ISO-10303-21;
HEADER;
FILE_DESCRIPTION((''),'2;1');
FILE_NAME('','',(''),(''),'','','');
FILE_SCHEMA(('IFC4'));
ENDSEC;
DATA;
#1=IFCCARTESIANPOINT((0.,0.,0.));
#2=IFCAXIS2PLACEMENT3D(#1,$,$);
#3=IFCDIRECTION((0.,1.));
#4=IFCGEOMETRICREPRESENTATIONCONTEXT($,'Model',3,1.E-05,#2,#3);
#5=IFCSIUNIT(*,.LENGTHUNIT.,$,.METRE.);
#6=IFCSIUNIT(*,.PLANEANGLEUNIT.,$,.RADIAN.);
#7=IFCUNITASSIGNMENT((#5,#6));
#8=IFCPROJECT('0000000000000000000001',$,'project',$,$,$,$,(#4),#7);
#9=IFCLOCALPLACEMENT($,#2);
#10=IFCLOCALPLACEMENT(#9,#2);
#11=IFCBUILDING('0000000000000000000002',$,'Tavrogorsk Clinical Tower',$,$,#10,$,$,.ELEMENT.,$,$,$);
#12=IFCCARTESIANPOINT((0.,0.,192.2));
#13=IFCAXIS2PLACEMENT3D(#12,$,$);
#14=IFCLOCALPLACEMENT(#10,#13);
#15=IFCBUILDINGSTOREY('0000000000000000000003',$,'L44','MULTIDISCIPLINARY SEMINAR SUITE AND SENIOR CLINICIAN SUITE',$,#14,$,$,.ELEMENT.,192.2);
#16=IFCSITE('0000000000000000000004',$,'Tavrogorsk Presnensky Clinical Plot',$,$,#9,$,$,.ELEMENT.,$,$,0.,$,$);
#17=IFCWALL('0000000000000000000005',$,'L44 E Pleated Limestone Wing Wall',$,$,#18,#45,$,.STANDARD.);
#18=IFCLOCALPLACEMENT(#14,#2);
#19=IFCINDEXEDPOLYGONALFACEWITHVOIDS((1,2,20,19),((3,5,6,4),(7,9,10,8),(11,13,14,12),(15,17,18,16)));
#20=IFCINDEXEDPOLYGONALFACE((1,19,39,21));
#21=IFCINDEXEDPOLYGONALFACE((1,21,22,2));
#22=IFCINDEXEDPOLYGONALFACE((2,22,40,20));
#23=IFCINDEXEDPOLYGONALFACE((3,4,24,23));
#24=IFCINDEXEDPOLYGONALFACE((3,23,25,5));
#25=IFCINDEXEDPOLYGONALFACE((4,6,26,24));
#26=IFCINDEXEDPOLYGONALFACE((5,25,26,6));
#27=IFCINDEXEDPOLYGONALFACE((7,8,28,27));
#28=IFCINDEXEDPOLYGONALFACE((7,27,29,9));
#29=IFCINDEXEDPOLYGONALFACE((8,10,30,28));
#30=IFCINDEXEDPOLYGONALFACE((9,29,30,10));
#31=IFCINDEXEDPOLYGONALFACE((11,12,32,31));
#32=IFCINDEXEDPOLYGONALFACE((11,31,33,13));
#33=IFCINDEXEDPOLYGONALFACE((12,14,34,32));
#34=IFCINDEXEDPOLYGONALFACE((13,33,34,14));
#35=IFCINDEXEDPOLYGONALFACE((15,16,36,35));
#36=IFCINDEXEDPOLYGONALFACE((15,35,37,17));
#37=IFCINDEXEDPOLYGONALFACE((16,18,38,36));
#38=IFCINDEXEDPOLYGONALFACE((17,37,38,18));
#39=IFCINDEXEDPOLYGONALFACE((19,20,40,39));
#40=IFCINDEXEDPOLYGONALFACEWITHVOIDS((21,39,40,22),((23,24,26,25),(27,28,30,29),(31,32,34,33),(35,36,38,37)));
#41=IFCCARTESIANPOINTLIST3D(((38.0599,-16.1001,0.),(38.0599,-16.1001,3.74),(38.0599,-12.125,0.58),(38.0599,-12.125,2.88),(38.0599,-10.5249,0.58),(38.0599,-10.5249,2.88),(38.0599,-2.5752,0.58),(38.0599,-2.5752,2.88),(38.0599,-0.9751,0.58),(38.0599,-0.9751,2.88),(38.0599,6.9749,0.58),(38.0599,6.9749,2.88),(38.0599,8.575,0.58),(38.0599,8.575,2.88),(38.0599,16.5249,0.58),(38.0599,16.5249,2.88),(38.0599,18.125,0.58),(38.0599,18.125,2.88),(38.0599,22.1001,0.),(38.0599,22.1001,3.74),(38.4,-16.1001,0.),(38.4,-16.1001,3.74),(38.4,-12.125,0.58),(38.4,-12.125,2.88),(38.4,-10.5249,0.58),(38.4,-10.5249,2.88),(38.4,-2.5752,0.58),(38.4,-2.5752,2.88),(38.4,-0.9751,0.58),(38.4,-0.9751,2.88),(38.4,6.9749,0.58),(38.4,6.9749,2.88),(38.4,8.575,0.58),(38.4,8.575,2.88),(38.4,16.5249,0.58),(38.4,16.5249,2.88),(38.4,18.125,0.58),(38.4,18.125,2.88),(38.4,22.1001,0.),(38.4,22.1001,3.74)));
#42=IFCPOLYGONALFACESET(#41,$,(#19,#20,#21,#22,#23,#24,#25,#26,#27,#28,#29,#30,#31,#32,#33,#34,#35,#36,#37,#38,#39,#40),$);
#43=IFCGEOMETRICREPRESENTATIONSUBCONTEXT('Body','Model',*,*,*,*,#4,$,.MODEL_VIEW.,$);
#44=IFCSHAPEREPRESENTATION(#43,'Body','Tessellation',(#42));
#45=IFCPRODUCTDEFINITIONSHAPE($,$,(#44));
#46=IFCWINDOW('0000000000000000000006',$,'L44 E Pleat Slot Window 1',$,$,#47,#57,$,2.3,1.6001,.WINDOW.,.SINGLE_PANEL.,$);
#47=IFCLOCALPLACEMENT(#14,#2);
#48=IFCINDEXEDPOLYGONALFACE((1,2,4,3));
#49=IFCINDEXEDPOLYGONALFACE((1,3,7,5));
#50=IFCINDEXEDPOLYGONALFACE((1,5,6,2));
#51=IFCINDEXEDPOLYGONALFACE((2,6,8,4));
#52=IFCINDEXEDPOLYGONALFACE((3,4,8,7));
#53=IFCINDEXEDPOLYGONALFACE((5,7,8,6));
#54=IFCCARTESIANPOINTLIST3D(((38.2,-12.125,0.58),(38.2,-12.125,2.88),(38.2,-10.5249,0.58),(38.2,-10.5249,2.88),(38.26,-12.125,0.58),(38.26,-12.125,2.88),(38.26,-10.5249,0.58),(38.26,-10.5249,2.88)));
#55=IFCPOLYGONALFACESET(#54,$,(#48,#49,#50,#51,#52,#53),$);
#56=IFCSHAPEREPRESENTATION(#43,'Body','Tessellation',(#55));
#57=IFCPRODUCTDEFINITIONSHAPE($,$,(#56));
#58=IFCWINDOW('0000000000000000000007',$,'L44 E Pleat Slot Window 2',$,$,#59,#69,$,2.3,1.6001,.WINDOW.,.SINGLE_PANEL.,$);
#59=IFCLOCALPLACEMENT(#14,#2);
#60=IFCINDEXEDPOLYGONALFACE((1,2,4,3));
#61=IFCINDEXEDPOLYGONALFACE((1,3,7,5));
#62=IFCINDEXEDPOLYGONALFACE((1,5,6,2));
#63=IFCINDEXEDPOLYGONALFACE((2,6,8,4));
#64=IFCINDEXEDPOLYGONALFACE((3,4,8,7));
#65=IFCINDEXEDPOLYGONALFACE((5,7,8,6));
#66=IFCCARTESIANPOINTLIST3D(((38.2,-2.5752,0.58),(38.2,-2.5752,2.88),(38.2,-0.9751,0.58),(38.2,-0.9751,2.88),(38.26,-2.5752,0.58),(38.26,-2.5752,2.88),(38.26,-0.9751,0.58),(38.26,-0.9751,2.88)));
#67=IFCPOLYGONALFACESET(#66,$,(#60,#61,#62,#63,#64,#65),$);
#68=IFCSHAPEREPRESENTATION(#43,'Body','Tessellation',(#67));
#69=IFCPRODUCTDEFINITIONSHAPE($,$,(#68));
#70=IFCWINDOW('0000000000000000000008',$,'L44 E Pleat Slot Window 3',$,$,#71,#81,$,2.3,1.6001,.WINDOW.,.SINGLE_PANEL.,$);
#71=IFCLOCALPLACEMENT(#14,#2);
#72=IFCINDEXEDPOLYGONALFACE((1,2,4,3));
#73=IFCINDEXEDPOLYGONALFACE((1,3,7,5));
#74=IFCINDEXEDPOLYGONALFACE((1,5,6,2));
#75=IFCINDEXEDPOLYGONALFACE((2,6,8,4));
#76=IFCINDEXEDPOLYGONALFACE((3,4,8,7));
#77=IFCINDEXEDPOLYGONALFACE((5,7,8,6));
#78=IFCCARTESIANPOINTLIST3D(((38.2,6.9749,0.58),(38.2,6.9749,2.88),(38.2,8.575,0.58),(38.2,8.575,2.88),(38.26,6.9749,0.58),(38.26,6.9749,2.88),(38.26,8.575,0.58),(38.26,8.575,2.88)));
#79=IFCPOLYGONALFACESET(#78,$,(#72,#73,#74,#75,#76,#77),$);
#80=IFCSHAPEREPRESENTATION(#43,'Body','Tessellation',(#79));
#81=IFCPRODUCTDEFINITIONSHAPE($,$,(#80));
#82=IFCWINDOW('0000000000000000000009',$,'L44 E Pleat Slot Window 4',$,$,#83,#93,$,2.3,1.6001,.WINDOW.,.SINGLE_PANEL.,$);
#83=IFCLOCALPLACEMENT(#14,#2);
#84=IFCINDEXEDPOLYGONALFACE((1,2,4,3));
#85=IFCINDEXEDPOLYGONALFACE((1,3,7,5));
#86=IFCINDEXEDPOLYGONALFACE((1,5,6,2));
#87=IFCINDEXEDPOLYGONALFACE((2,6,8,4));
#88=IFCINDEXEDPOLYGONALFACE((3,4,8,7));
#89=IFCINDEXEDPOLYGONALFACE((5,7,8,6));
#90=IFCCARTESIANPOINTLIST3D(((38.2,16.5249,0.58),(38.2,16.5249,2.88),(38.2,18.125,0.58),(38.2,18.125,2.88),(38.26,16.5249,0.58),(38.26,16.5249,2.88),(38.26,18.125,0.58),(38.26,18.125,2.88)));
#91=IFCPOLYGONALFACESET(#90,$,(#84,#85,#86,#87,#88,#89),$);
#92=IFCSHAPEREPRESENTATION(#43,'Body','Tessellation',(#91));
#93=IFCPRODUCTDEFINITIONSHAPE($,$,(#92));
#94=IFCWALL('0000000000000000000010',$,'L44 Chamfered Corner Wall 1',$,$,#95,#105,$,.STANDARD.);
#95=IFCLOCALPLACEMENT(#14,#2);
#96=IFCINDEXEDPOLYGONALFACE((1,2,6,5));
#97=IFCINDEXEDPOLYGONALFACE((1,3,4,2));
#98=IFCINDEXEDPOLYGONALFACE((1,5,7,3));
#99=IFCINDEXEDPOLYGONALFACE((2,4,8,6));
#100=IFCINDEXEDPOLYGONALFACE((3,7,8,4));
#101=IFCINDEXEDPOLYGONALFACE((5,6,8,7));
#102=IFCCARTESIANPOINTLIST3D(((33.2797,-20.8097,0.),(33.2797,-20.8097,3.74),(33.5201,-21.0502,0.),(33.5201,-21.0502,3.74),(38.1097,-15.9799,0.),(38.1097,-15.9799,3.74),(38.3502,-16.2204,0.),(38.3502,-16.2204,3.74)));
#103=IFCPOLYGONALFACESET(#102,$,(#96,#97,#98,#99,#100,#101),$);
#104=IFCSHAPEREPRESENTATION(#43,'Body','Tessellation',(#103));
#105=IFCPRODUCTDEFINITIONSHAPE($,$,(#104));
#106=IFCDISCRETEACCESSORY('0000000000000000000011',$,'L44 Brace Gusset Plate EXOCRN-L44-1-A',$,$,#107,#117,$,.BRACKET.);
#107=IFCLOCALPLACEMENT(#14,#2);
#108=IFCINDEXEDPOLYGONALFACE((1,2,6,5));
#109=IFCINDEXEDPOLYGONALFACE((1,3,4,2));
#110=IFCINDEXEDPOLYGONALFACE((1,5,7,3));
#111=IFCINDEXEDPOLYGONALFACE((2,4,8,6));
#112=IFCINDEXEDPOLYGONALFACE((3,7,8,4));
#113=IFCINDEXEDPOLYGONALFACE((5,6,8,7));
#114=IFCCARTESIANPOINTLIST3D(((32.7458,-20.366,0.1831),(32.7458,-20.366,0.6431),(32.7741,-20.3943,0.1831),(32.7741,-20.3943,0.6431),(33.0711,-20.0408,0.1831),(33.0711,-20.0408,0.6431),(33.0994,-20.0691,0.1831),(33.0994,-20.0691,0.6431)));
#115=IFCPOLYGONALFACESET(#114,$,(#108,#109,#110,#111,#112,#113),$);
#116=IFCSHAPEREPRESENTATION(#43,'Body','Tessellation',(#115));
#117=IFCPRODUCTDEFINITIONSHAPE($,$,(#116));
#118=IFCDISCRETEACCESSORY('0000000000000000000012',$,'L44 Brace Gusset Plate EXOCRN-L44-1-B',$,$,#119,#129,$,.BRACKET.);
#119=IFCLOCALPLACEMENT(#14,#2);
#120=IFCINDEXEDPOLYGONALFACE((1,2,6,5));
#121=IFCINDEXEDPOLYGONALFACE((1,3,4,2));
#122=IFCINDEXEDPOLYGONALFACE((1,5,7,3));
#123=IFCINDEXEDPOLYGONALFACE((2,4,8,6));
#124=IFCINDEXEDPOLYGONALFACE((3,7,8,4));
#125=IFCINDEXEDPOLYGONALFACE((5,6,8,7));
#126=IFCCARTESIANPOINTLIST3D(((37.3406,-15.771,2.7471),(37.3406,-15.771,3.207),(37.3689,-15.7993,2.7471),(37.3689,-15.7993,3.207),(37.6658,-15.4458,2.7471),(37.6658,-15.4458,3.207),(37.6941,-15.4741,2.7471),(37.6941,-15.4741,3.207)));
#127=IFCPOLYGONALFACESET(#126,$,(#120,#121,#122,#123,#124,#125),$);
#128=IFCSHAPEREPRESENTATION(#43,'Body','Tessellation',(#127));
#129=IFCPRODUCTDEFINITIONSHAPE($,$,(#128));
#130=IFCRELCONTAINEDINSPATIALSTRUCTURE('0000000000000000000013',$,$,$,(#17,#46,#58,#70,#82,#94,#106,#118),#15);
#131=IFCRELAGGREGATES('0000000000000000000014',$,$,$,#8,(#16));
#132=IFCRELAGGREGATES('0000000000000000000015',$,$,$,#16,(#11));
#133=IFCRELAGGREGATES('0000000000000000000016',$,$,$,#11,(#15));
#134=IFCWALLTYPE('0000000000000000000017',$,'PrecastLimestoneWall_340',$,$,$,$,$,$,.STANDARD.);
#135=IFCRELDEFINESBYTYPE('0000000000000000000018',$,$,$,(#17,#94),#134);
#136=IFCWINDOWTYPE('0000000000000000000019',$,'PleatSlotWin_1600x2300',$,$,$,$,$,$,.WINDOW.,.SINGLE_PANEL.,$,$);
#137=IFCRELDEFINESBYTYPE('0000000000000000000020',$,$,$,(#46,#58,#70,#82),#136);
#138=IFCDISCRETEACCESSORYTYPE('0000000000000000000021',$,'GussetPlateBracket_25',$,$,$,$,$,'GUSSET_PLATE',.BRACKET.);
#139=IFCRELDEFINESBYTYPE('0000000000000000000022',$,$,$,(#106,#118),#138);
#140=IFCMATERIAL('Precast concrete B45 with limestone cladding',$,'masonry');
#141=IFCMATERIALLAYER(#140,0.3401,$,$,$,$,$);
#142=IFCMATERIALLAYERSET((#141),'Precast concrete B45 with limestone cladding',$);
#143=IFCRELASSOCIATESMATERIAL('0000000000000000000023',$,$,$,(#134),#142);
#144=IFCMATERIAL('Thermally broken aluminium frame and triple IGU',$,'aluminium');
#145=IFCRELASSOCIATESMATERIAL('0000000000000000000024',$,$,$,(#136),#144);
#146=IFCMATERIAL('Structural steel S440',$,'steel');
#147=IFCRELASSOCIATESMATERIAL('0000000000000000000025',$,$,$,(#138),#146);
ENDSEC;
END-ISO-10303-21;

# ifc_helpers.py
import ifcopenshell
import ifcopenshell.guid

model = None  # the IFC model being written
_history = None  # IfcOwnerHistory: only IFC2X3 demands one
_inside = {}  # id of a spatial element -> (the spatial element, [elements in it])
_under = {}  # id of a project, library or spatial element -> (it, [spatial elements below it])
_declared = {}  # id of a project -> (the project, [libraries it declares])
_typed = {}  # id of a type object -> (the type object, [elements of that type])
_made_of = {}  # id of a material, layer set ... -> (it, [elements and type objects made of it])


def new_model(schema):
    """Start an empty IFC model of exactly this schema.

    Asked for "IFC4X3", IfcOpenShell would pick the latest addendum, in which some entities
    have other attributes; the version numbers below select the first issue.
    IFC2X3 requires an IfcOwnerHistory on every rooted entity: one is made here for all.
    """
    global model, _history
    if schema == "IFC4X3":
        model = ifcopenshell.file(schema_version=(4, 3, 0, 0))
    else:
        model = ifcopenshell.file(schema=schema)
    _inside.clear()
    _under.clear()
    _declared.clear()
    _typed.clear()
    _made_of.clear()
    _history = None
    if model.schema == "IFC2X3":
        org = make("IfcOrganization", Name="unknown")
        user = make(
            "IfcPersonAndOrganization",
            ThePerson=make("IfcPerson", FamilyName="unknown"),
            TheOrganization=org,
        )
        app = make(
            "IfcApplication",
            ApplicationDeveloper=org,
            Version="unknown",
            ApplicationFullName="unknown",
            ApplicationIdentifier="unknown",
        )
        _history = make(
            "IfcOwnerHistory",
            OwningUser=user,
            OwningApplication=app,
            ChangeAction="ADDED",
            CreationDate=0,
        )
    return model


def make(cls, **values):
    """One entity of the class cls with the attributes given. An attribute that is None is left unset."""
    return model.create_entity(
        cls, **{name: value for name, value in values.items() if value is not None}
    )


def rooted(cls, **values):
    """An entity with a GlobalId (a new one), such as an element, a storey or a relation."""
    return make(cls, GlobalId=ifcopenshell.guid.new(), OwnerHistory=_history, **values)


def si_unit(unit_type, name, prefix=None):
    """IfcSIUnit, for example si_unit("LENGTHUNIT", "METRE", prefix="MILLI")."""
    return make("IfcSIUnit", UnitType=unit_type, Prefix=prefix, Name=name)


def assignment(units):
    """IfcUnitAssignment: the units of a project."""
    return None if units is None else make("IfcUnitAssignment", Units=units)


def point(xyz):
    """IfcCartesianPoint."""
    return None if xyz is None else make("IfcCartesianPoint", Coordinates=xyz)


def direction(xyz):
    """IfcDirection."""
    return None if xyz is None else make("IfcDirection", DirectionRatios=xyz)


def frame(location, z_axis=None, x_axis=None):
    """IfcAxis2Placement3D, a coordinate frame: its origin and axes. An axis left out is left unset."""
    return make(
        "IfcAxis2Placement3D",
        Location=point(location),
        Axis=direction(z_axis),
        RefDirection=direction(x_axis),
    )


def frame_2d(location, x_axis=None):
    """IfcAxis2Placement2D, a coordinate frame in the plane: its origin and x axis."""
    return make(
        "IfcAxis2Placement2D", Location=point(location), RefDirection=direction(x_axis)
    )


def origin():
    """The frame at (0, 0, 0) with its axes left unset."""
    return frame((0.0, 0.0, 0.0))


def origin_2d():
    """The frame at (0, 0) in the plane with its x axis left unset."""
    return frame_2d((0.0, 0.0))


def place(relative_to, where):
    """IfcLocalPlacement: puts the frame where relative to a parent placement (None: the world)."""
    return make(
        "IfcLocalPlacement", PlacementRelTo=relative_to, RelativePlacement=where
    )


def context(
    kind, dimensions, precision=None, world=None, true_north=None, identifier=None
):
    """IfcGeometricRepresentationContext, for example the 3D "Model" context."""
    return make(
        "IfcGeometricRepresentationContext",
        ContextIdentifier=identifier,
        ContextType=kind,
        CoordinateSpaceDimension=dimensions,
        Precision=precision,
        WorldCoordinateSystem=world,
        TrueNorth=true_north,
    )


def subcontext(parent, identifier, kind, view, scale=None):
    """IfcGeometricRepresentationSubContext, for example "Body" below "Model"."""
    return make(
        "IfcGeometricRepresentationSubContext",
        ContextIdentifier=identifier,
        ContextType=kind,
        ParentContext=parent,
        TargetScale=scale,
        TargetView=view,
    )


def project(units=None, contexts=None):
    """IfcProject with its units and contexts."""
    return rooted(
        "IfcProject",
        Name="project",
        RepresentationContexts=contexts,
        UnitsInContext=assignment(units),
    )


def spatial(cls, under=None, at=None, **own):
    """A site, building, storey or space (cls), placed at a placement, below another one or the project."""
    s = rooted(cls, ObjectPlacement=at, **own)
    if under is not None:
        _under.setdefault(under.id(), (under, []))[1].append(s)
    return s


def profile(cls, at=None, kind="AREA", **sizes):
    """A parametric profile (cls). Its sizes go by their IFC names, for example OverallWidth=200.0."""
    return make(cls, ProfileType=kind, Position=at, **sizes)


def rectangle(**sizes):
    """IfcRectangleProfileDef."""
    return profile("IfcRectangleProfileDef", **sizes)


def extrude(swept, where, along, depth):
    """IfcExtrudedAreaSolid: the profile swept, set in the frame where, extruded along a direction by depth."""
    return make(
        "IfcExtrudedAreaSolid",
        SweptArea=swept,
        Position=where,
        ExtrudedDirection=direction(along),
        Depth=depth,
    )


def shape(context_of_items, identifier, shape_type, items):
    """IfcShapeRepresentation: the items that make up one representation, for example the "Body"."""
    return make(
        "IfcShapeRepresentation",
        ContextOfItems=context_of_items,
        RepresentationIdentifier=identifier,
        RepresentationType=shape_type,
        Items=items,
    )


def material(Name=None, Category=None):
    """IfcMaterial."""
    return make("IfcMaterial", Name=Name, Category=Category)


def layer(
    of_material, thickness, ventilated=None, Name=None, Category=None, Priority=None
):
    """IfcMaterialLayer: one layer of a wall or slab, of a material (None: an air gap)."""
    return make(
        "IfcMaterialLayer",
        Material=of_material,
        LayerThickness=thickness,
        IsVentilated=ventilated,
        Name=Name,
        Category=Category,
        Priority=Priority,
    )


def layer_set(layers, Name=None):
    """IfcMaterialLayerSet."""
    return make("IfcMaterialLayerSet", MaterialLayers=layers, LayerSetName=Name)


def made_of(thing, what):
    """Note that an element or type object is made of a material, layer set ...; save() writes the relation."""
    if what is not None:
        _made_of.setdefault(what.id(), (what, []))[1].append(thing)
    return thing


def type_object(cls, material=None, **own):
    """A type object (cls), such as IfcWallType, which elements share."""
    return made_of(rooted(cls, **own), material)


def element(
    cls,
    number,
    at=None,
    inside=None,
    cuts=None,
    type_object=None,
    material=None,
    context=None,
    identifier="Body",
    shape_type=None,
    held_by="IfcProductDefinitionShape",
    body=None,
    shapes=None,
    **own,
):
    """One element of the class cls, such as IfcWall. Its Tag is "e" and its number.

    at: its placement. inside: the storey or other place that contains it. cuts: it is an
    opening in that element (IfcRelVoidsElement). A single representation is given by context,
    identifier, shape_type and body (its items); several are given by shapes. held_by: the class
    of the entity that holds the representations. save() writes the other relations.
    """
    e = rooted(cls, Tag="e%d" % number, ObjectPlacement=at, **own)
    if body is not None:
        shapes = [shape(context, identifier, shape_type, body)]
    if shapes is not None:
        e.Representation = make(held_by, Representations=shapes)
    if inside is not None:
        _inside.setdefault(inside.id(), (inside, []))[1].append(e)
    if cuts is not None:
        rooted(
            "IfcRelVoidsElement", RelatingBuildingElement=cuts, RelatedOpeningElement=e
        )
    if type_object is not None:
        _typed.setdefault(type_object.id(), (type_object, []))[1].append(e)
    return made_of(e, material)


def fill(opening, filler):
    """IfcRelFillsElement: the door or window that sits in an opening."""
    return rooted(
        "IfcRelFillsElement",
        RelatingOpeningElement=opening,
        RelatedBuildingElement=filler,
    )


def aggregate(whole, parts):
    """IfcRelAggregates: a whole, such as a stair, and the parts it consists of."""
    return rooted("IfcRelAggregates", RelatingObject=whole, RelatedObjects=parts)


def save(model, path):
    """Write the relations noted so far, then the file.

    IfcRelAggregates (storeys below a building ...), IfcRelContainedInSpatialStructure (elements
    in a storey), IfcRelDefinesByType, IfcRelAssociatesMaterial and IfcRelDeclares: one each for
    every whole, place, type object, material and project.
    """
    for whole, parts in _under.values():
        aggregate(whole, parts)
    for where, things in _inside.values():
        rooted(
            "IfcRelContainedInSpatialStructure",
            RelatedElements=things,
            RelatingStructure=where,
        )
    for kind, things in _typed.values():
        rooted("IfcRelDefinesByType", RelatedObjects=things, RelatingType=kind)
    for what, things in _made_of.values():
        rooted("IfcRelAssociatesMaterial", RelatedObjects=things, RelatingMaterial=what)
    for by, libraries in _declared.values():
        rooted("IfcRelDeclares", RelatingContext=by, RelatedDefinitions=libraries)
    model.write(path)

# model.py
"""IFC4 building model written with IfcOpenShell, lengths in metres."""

from ifc_helpers import new_model, si_unit, direction, frame, frame_2d, origin, origin_2d, place, context, subcontext, project, spatial, rectangle, extrude, material, layer, layer_set, type_object, element, fill, save


model = new_model("IFC4")

# Units and contexts
model_context = context("Model", 3, precision=1e-05, world=origin(), true_north=direction((0.0, 1.0)))
body_context = subcontext(model_context, "Body", "Model", "MODEL_VIEW")
ifc_project = project(units=[si_unit("LENGTHUNIT", "METRE"), si_unit("PLANEANGLEUNIT", "RADIAN")], contexts=[model_context])

# Site, building, storey
site_placement = place(None, origin())
site = spatial("IfcSite", under=ifc_project, at=site_placement, Name="Tavrogorsk Presnensky Clinical Plot", CompositionType="ELEMENT", RefElevation=0.0)
building_placement = place(site_placement, origin())
building = spatial("IfcBuilding", under=site, at=building_placement, Name="Tavrogorsk Clinical Tower", CompositionType="ELEMENT")
storey_placement = place(building_placement, frame((0.0, 0.0, 192.2)))
storey = spatial("IfcBuildingStorey", under=building, at=storey_placement, Name="L44", Description="MULTIDISCIPLINARY SEMINAR SUITE AND SENIOR CLINICIAN SUITE", CompositionType="ELEMENT", Elevation=192.2)

# Wall, openings, windows
ifc_material_1 = material(Name="Precast concrete B45 with limestone cladding", Category="masonry")
ifc_layer_1 = layer(ifc_material_1, 0.3401)
ifc_layer_set_1 = layer_set([ifc_layer_1], Name="Precast concrete B45 with limestone cladding")
wall_type_1 = type_object("IfcWallType", Name="PrecastLimestoneWall_340", PredefinedType="STANDARD", material=ifc_layer_set_1)
wall_1_placement = place(storey_placement, frame((38.23, -16.1001, 0.0), z_axis=(0.0, 0.0, 1.0), x_axis=(0.0, 1.0, 0.0)))
wall_1 = element("IfcWall", 1, at=wall_1_placement, inside=storey, type_object=wall_type_1, Name="L44 E Pleated Limestone Wing Wall", PredefinedType="STANDARD", context=body_context, shape_type="SweptSolid", body=[
    extrude(rectangle(XDim=38.2002, YDim=0.3401, at=frame_2d((19.1001, 0.0))), origin(), (0.0, 0.0, 1.0), 3.74),
])
opening_1_placement = place(wall_1_placement, frame((3.9751, 0.0, 0.5801)))
opening_1 = element("IfcOpeningElement", 2, at=opening_1_placement, cuts=wall_1, PredefinedType="OPENING", context=body_context, shape_type="SweptSolid", body=[
    extrude(rectangle(XDim=1.6001, YDim=2.3, at=frame_2d((0.8, 1.1499))), frame((0.0, 0.1799, 0.0), z_axis=(0.0, -1.0, 0.0), x_axis=(1.0, 0.0, 0.0)), (0.0, 0.0, 1.0), 0.3601),
])
opening_2_placement = place(wall_1_placement, frame((13.5249, 0.0, 0.5801)))
opening_2 = element("IfcOpeningElement", 3, at=opening_2_placement, cuts=wall_1, PredefinedType="OPENING", context=body_context, shape_type="SweptSolid", body=[
    extrude(rectangle(XDim=1.6001, YDim=2.3, at=frame_2d((0.8, 1.1499))), frame((0.0, 0.1799, 0.0), z_axis=(0.0, -1.0, 0.0), x_axis=(1.0, 0.0, 0.0)), (0.0, 0.0, 1.0), 0.3601),
])
opening_3_placement = place(wall_1_placement, frame((23.075, 0.0, 0.5801)))
opening_3 = element("IfcOpeningElement", 4, at=opening_3_placement, cuts=wall_1, PredefinedType="OPENING", context=body_context, shape_type="SweptSolid", body=[
    extrude(rectangle(XDim=1.6001, YDim=2.3, at=frame_2d((0.8, 1.1499))), frame((0.0, 0.1799, 0.0), z_axis=(0.0, -1.0, 0.0), x_axis=(1.0, 0.0, 0.0)), (0.0, 0.0, 1.0), 0.3601),
])
opening_4_placement = place(wall_1_placement, frame((32.625, 0.0, 0.5801)))
opening_4 = element("IfcOpeningElement", 5, at=opening_4_placement, cuts=wall_1, PredefinedType="OPENING", context=body_context, shape_type="SweptSolid", body=[
    extrude(rectangle(XDim=1.6001, YDim=2.3, at=frame_2d((0.8, 1.1499))), frame((0.0, 0.1799, 0.0), z_axis=(0.0, -1.0, 0.0), x_axis=(1.0, 0.0, 0.0)), (0.0, 0.0, 1.0), 0.3601),
])
ifc_material_2 = material(Name="Thermally broken aluminium frame and triple IGU", Category="aluminium")
window_type = type_object("IfcWindowType", Name="PleatSlotWin_1600x2300", PartitioningType="SINGLE_PANEL", PredefinedType="WINDOW", material=ifc_material_2)
window_1_placement = place(opening_1_placement, origin())
window_1 = element("IfcWindow", 6, at=window_1_placement, inside=storey, type_object=window_type, Name="L44 E Pleat Slot Window 1", OverallHeight=2.3, OverallWidth=1.6001, PartitioningType="SINGLE_PANEL", PredefinedType="WINDOW", context=body_context, shape_type="SweptSolid", body=[
    extrude(rectangle(XDim=1.6001, YDim=2.3, at=frame_2d((0.8, 1.1499))), frame((0.0, 0.03, 0.0), z_axis=(0.0, -1.0, 0.0), x_axis=(1.0, 0.0, 0.0)), (0.0, 0.0, 1.0), 0.0601),
])
fill(opening_1, window_1)
window_2_placement = place(opening_2_placement, origin())
window_2 = element("IfcWindow", 7, at=window_2_placement, inside=storey, type_object=window_type, Name="L44 E Pleat Slot Window 2", OverallHeight=2.3, OverallWidth=1.6001, PartitioningType="SINGLE_PANEL", PredefinedType="WINDOW", context=body_context, shape_type="SweptSolid", body=[
    extrude(rectangle(XDim=1.6001, YDim=2.3, at=frame_2d((0.8, 1.1499))), frame((0.0, 0.03, 0.0), z_axis=(0.0, -1.0, 0.0), x_axis=(1.0, 0.0, 0.0)), (0.0, 0.0, 1.0), 0.0601),
])
fill(opening_2, window_2)
window_3_placement = place(opening_3_placement, origin())
window_3 = element("IfcWindow", 8, at=window_3_placement, inside=storey, type_object=window_type, Name="L44 E Pleat Slot Window 3", OverallHeight=2.3, OverallWidth=1.6001, PartitioningType="SINGLE_PANEL", PredefinedType="WINDOW", context=body_context, shape_type="SweptSolid", body=[
    extrude(rectangle(XDim=1.6001, YDim=2.3, at=frame_2d((0.8, 1.1499))), frame((0.0, 0.03, 0.0), z_axis=(0.0, -1.0, 0.0), x_axis=(1.0, 0.0, 0.0)), (0.0, 0.0, 1.0), 0.0601),
])
fill(opening_3, window_3)
window_4_placement = place(opening_4_placement, origin())
window_4 = element("IfcWindow", 9, at=window_4_placement, inside=storey, type_object=window_type, Name="L44 E Pleat Slot Window 4", OverallHeight=2.3, OverallWidth=1.6001, PartitioningType="SINGLE_PANEL", PredefinedType="WINDOW", context=body_context, shape_type="SweptSolid", body=[
    extrude(rectangle(XDim=1.6001, YDim=2.3, at=frame_2d((0.8, 1.1499))), frame((0.0, 0.03, 0.0), z_axis=(0.0, -1.0, 0.0), x_axis=(1.0, 0.0, 0.0)), (0.0, 0.0, 1.0), 0.0601),
])
fill(opening_4, window_4)

# Wall
wall_2_placement = place(storey_placement, frame((33.3999, -20.9299, 0.0), z_axis=(0.0, 0.0, 1.0), x_axis=(0.707125, 0.707089, 0.0)))
element("IfcWall", 10, at=wall_2_placement, inside=storey, type_object=wall_type_1, Name="L44 Chamfered Corner Wall 1", PredefinedType="STANDARD", context=body_context, shape_type="SweptSolid", body=[
    extrude(rectangle(XDim=6.8306, YDim=0.3401, at=frame_2d((3.4153, 0.0))), origin(), (0.0, 0.0, 1.0), 3.74),
])

# Discrete accessories
ifc_material_3 = material(Name="Structural steel S440", Category="steel")
discrete_accessory_type = type_object("IfcDiscreteAccessoryType", Name="GussetPlateBracket_25", ElementType="GUSSET_PLATE", PredefinedType="BRACKET", material=ifc_material_3)
for number, where, z_axis, x_axis, name in (
    (11, (32.9226, -20.2175, 0.1831), (0.0, 0.0, 1.0), (0.707107, 0.707107, 0.0), "L44 Brace Gusset Plate EXOCRN-L44-1-A"),
    (12, (37.5173, -15.6226, 2.7471), (0.0, 0.0, 1.0), (0.707107, 0.707107, 0.0), "L44 Brace Gusset Plate EXOCRN-L44-1-B"),
):
    element("IfcDiscreteAccessory", number, at=place(storey_placement, frame(where, z_axis=z_axis, x_axis=x_axis)), inside=storey, type_object=discrete_accessory_type, Name=name, PredefinedType="BRACKET", context=body_context, shape_type="SweptSolid", body=[
        extrude(rectangle(XDim=0.46, YDim=0.04, at=origin_2d()), origin(), (0.0, 0.0, 1.0), 0.46),
    ])

save(model, "model.ifc")
